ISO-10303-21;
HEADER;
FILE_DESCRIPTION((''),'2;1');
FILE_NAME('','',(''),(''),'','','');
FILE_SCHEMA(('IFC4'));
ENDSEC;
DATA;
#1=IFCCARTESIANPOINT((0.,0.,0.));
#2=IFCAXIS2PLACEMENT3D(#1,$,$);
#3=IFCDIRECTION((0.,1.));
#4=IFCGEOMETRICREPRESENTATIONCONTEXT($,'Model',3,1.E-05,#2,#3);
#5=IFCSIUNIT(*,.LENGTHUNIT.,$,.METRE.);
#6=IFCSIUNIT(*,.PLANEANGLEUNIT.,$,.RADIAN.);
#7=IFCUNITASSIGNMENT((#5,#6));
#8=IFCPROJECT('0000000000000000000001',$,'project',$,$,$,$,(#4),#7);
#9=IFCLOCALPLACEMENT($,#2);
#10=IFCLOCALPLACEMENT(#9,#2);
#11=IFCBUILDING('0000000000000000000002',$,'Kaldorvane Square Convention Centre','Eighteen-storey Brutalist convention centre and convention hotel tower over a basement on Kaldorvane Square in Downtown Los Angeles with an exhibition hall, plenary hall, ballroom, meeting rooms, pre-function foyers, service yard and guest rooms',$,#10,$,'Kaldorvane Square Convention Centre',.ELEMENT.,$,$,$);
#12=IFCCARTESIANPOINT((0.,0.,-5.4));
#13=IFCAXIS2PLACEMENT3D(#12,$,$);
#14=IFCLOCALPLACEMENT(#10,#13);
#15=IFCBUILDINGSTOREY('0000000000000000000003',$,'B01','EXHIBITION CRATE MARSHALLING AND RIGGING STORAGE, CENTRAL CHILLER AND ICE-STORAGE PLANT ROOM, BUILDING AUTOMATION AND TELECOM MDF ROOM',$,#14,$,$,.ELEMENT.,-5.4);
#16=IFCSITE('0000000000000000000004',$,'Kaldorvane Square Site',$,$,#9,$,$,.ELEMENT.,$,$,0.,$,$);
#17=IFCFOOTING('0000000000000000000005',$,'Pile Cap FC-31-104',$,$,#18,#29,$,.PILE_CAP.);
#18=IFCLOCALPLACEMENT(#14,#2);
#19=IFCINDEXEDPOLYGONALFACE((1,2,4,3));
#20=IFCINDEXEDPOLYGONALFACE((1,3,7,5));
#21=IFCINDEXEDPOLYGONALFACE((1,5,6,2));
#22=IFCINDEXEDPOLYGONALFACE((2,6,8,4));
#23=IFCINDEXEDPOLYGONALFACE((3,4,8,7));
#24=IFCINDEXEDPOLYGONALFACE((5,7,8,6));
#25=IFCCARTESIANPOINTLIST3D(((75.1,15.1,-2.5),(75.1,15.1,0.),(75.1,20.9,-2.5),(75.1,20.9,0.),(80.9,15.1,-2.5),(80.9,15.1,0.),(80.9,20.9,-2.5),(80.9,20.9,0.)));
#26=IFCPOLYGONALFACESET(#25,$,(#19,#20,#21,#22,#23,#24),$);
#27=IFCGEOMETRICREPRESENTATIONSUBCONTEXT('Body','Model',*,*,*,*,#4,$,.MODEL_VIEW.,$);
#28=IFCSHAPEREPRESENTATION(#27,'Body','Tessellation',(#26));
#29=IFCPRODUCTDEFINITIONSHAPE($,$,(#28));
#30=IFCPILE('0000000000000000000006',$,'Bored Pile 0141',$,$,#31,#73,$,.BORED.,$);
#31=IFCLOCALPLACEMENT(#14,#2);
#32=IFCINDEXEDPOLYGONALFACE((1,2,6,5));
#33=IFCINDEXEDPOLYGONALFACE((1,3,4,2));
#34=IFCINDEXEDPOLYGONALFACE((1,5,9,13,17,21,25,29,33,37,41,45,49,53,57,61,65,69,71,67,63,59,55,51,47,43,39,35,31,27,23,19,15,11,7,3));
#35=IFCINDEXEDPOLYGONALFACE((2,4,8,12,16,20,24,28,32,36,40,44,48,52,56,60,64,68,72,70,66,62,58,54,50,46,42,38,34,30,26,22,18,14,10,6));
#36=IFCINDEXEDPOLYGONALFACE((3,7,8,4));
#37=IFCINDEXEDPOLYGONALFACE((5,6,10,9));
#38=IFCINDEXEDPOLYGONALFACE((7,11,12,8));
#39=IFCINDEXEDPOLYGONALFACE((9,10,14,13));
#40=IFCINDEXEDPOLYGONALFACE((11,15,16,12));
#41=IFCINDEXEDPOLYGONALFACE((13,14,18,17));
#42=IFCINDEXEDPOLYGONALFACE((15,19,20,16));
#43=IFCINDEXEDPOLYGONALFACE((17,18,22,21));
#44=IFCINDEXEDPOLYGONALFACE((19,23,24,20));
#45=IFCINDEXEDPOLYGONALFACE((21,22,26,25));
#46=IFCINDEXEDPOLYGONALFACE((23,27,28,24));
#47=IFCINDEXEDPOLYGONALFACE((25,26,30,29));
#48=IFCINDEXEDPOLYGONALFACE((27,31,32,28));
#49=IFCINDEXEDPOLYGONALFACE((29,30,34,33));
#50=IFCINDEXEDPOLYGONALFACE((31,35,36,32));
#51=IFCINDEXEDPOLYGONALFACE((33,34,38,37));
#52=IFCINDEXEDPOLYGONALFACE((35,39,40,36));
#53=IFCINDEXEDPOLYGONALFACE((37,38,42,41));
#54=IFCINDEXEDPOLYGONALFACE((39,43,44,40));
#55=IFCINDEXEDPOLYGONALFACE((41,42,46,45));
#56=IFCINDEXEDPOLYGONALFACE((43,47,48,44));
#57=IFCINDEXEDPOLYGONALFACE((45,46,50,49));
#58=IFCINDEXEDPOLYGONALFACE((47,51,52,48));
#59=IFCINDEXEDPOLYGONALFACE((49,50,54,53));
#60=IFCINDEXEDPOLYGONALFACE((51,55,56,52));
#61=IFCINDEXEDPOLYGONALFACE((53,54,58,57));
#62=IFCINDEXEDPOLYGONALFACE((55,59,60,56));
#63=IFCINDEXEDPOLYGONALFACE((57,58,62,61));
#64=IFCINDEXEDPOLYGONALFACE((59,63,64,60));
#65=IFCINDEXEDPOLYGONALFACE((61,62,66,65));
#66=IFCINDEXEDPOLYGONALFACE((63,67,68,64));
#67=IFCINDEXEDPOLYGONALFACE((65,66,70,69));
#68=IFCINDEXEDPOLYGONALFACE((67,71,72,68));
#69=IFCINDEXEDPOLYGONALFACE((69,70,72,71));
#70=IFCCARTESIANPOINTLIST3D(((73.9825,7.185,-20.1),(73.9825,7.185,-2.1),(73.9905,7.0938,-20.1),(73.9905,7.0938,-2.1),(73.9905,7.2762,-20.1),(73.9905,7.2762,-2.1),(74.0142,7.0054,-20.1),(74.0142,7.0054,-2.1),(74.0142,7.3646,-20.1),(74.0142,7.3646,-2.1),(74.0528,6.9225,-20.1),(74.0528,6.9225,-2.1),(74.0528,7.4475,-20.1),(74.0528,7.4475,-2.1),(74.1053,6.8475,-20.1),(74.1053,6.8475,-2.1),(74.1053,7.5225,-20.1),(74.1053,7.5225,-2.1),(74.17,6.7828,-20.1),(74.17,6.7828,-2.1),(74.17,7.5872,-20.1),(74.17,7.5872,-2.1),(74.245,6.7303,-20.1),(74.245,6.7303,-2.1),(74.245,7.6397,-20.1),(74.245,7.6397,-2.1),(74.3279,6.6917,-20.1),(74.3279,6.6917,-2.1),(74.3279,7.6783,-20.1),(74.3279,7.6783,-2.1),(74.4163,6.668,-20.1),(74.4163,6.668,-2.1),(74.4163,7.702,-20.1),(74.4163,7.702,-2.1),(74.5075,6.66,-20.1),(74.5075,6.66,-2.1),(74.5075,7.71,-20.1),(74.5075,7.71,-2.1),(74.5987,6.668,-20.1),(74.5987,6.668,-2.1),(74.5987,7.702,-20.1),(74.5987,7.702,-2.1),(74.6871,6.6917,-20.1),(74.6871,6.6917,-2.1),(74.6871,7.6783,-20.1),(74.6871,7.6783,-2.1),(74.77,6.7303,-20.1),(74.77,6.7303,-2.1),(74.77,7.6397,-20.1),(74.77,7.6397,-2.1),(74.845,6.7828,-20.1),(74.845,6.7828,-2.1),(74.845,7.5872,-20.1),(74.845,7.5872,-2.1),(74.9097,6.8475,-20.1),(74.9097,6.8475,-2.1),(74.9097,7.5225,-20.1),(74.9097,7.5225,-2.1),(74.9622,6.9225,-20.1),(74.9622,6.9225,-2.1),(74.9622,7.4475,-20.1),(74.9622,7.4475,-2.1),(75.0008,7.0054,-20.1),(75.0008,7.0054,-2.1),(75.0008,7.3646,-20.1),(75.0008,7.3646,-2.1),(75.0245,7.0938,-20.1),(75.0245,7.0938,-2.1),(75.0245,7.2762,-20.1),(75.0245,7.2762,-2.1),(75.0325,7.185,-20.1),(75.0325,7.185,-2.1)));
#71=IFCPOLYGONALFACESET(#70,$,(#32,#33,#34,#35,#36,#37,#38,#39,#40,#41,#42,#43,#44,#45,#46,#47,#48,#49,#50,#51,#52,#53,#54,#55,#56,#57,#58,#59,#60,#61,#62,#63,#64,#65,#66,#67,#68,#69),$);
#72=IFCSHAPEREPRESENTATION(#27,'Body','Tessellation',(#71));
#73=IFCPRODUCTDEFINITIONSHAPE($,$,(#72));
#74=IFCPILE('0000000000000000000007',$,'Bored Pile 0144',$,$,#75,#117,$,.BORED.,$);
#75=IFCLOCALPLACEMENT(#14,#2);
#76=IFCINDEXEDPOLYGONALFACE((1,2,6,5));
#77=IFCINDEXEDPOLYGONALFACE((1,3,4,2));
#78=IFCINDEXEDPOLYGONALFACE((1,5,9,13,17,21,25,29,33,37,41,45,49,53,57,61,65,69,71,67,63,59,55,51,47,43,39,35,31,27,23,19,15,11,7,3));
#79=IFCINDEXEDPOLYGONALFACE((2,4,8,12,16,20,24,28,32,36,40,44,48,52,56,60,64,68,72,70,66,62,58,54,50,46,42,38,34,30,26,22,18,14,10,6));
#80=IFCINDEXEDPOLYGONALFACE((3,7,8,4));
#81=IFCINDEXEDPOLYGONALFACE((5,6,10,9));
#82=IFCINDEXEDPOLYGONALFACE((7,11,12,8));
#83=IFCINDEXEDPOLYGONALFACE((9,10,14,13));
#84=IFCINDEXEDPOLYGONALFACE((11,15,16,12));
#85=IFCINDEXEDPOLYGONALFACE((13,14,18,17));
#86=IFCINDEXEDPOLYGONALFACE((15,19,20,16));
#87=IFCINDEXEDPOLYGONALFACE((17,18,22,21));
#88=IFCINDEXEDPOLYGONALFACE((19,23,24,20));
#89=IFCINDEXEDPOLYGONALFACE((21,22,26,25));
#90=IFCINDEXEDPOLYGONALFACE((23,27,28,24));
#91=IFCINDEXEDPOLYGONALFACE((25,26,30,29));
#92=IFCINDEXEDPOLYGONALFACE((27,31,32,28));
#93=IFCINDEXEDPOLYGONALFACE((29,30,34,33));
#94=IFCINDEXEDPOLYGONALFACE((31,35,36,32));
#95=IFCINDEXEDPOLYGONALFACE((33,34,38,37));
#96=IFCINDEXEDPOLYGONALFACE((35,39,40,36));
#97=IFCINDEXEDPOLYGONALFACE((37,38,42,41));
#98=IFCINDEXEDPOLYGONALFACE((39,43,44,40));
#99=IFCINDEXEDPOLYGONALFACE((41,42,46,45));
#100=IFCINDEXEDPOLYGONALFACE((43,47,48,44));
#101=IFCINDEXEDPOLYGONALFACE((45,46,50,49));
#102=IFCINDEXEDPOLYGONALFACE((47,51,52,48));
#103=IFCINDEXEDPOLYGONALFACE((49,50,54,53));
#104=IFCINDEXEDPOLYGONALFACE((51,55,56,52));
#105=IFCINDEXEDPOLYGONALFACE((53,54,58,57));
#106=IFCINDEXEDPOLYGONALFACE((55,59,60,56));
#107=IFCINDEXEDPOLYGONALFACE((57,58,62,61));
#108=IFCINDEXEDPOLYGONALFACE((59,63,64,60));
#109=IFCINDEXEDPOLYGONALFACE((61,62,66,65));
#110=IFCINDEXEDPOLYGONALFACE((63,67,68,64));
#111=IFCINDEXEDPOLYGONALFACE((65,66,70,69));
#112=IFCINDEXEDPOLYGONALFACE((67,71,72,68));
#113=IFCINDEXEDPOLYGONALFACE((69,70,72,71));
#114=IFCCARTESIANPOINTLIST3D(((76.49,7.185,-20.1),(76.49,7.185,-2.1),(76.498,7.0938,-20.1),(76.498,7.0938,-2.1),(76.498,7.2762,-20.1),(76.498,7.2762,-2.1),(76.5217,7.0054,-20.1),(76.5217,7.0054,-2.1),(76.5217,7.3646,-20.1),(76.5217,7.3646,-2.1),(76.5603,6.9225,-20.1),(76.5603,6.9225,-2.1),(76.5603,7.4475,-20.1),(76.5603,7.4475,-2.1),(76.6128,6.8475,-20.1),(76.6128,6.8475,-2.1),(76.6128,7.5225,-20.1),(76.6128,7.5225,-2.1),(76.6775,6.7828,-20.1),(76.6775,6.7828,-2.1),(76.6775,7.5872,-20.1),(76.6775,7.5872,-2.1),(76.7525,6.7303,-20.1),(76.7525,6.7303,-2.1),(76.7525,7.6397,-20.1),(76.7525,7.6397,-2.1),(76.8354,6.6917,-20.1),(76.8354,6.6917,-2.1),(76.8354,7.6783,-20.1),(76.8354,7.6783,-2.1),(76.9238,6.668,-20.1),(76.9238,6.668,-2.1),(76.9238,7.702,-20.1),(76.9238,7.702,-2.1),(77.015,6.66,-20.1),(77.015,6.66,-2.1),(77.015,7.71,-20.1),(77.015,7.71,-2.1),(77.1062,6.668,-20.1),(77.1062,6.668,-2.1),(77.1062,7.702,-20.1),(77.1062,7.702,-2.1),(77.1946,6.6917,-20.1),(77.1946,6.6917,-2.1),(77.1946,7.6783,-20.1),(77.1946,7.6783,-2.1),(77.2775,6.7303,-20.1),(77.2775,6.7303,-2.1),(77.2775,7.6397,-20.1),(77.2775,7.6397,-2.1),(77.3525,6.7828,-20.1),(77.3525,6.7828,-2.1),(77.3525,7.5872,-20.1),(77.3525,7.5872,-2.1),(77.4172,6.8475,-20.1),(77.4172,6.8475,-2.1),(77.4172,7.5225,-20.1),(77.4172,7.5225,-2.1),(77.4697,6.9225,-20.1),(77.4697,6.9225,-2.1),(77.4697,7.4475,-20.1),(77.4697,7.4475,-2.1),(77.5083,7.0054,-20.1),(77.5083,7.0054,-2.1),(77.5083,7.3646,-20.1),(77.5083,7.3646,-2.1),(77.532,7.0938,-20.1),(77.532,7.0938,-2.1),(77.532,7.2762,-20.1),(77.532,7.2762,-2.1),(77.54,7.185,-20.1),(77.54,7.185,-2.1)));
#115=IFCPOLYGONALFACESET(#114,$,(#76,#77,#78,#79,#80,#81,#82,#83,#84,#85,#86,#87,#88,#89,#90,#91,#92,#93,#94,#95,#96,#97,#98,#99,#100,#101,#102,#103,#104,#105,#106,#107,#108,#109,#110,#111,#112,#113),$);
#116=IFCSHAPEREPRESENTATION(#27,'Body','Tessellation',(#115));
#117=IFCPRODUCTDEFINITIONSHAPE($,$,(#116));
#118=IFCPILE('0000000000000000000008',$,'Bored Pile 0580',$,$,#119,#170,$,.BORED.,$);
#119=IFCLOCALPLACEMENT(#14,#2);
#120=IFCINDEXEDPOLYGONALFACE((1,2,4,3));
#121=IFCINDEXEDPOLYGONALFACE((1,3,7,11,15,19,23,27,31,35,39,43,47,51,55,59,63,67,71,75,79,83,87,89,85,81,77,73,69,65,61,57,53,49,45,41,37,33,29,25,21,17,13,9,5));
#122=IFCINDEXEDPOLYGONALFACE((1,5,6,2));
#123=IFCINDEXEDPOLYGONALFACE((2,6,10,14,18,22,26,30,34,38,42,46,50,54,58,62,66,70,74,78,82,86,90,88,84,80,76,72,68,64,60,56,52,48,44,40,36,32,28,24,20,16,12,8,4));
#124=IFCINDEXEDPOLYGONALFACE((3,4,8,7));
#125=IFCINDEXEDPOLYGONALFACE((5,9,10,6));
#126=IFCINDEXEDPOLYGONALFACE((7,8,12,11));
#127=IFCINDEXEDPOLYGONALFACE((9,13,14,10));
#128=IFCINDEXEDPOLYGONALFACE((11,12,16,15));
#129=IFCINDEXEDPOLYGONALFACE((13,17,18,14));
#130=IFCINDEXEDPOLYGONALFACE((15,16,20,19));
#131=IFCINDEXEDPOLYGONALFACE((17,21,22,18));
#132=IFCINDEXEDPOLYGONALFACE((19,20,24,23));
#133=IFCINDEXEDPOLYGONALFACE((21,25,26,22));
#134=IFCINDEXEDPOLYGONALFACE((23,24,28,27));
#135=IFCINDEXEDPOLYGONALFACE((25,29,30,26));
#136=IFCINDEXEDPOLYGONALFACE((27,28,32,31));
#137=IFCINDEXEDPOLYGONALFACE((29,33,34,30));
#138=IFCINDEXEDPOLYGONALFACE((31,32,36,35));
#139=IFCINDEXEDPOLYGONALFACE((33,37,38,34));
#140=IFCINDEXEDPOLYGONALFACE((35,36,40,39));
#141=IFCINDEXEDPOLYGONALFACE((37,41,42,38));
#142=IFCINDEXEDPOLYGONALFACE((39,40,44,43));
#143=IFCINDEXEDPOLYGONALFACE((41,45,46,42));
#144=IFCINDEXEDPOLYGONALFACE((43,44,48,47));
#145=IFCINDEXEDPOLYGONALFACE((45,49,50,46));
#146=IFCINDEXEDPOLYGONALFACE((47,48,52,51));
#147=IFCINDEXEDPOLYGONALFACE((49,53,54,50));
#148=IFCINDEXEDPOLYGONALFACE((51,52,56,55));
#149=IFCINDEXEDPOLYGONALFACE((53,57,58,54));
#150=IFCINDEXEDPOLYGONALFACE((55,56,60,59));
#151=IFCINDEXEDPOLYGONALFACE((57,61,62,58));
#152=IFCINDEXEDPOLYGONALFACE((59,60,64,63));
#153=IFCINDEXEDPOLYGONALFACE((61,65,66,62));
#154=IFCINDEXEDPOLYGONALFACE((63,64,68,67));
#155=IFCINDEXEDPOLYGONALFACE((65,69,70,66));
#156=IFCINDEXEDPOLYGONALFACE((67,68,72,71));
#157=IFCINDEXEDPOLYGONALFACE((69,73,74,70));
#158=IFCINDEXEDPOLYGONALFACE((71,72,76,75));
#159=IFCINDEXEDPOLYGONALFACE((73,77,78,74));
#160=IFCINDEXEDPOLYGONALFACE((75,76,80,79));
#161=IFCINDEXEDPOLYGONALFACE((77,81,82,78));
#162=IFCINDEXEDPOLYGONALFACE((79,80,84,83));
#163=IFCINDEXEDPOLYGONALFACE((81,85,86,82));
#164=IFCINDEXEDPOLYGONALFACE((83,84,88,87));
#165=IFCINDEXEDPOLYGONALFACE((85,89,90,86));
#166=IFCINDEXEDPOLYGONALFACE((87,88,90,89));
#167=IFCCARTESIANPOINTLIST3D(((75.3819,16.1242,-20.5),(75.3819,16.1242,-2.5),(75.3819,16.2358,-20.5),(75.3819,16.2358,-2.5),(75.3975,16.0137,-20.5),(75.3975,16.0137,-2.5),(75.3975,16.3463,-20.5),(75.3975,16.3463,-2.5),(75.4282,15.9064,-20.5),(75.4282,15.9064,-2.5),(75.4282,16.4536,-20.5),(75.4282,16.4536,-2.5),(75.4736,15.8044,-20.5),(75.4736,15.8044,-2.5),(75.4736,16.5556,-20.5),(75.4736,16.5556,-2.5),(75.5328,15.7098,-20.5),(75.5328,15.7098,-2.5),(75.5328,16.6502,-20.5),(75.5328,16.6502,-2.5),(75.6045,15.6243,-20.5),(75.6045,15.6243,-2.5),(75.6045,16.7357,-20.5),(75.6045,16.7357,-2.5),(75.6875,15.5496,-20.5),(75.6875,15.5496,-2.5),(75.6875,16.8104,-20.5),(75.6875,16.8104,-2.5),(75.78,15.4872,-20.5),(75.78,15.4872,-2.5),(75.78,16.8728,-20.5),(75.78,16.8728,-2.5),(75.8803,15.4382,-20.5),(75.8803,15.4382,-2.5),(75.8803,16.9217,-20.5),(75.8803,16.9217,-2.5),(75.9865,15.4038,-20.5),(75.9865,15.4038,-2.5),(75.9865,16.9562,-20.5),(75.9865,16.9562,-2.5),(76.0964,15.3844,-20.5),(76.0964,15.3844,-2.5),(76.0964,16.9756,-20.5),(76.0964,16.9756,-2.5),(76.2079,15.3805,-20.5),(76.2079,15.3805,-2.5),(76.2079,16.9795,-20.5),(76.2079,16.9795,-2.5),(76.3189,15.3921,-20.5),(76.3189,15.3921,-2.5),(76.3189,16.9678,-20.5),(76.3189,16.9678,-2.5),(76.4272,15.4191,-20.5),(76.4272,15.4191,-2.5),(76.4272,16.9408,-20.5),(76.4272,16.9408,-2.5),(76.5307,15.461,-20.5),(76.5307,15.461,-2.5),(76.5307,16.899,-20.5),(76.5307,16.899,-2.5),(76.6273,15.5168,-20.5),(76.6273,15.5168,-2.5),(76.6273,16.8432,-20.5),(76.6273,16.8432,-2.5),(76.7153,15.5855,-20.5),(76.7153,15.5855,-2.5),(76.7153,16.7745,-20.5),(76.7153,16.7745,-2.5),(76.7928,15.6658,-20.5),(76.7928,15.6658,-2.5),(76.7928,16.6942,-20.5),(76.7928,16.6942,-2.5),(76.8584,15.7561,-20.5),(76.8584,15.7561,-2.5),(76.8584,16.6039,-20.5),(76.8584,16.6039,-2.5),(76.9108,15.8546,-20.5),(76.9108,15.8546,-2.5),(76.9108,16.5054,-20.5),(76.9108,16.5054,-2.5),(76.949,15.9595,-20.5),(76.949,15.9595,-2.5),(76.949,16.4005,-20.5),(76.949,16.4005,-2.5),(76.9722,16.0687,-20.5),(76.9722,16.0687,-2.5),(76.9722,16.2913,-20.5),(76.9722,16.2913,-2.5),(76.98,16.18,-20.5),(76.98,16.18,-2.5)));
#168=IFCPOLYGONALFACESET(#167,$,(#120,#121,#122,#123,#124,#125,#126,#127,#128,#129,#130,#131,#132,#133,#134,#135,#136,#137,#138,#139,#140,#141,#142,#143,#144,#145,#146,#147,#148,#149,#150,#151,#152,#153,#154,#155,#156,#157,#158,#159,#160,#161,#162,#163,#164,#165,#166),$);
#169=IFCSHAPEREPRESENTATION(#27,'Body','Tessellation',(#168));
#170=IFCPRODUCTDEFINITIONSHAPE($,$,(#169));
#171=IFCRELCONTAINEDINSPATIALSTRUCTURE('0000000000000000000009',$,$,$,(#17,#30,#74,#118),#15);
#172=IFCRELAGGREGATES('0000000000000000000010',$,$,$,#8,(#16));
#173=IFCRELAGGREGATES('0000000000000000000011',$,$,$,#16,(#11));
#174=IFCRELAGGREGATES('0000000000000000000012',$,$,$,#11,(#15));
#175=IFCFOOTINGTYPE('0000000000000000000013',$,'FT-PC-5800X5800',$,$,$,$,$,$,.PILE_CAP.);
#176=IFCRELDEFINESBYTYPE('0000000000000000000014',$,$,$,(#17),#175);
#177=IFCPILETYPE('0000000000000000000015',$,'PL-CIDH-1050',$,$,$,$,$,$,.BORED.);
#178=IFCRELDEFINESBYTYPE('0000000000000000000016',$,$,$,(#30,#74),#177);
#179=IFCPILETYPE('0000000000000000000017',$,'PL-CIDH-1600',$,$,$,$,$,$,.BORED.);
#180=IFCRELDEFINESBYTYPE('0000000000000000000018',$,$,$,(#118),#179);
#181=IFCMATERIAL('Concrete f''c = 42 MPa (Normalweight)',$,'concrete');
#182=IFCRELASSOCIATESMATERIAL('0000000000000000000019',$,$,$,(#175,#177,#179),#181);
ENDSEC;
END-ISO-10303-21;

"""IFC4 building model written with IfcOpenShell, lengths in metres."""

from ifc_helpers import new_model, si_unit, direction, frame, origin, origin_2d, place, context, subcontext, project, spatial, rectangle, circle, extrude, material, material_profile, profile_set, type_object, element, save


model = new_model("IFC4")

# Units and contexts
model_context = context("Model", 3, precision=1e-05, world=origin(), true_north=direction((0.0, 1.0)))
body_context = subcontext(model_context, "Body", "Model", "MODEL_VIEW")
ifc_project = project(units=[si_unit("LENGTHUNIT", "METRE"), si_unit("PLANEANGLEUNIT", "RADIAN")], contexts=[model_context])

# Site, building, storey
site_placement = place(None, origin())
site = spatial("IfcSite", under=ifc_project, at=site_placement, Name="Kaldorvane Square Site", CompositionType="ELEMENT", RefElevation=0.0)
building_placement = place(site_placement, origin())
building = spatial("IfcBuilding", under=site, at=building_placement, Name="Kaldorvane Square Convention Centre", Description="Eighteen-storey Brutalist convention centre and convention hotel tower over a basement on Kaldorvane Square in Downtown Los Angeles with an exhibition hall, plenary hall, ballroom, meeting rooms, pre-function foyers, service yard and guest rooms", LongName="Kaldorvane Square Convention Centre", CompositionType="ELEMENT")
storey_placement = place(building_placement, frame((0.0, 0.0, -5.4)))
storey = spatial("IfcBuildingStorey", under=building, at=storey_placement, Name="B01", Description="EXHIBITION CRATE MARSHALLING AND RIGGING STORAGE, CENTRAL CHILLER AND ICE-STORAGE PLANT ROOM, BUILDING AUTOMATION AND TELECOM MDF ROOM", CompositionType="ELEMENT", Elevation=-5.4)

# Footing
ifc_material_1 = material(Name="Concrete f'c = 42 MPa (Normalweight)", Category="concrete")
footing_type = type_object("IfcFootingType", Name="FT-PC-5800X5800", PredefinedType="PILE_CAP", material=ifc_material_1)
footing_placement = place(storey_placement, frame((78.0, 18.0, -2.5), z_axis=(0.0, 0.0, 1.0), x_axis=(1.0, 0.0, 0.0)))
element("IfcFooting", 1, at=footing_placement, inside=storey, type_object=footing_type, Name="Pile Cap FC-31-104", PredefinedType="PILE_CAP", context=body_context, shape_type="SweptSolid", body=[
    extrude(rectangle(XDim=5.8, YDim=5.8, at=origin_2d()), origin(), (0.0, 0.0, 1.0), 2.5),
])

# Piles
ifc_material_profile_1 = material_profile(ifc_material_1, circle(Radius=0.525, at=origin_2d()), Name="PILE-D1050")
ifc_profile_set_1 = profile_set([ifc_material_profile_1], Name="Concrete f'c = 42 MPa (Normalweight)")
pile_type_1 = type_object("IfcPileType", Name="PL-CIDH-1050", PredefinedType="BORED", material=ifc_profile_set_1)
for number, where, z_axis, x_axis, name in (
    (2, (74.5075, 7.185, -2.1), (0.0, 0.0, -1.0), (1.0, 0.0, 0.0), "Bored Pile 0141"),
    (3, (77.015, 7.185, -2.1), (0.0, 0.0, -1.0), (1.0, 0.0, 0.0), "Bored Pile 0144"),
):
    element("IfcPile", number, at=place(storey_placement, frame(where, z_axis=z_axis, x_axis=x_axis)), inside=storey, type_object=pile_type_1, Name=name, PredefinedType="BORED", context=body_context, shape_type="SweptSolid", body=[
        extrude(circle(Radius=0.525, at=origin_2d()), origin(), (0.0, 0.0, 1.0), 18.0),
    ])
ifc_material_profile_2 = material_profile(ifc_material_1, circle(Radius=0.8, at=origin_2d()), Name="PILE-D1600")
ifc_profile_set_2 = profile_set([ifc_material_profile_2], Name="Concrete f'c = 42 MPa (Normalweight)")
pile_type_2 = type_object("IfcPileType", Name="PL-CIDH-1600", PredefinedType="BORED", material=ifc_profile_set_2)
for number, where, z_axis, x_axis, name in (
    (4, (76.18, 16.18, -2.5), (0.0, 0.0, -1.0), (1.0, 0.0, 0.0), "Bored Pile 0580"),
):
    element("IfcPile", number, at=place(storey_placement, frame(where, z_axis=z_axis, x_axis=x_axis)), inside=storey, type_object=pile_type_2, Name=name, PredefinedType="BORED", context=body_context, shape_type="SweptSolid", body=[
        extrude(circle(Radius=0.8, at=origin_2d()), origin(), (0.0, 0.0, 1.0), 18.0),
    ])

save(model, "model.ifc")
